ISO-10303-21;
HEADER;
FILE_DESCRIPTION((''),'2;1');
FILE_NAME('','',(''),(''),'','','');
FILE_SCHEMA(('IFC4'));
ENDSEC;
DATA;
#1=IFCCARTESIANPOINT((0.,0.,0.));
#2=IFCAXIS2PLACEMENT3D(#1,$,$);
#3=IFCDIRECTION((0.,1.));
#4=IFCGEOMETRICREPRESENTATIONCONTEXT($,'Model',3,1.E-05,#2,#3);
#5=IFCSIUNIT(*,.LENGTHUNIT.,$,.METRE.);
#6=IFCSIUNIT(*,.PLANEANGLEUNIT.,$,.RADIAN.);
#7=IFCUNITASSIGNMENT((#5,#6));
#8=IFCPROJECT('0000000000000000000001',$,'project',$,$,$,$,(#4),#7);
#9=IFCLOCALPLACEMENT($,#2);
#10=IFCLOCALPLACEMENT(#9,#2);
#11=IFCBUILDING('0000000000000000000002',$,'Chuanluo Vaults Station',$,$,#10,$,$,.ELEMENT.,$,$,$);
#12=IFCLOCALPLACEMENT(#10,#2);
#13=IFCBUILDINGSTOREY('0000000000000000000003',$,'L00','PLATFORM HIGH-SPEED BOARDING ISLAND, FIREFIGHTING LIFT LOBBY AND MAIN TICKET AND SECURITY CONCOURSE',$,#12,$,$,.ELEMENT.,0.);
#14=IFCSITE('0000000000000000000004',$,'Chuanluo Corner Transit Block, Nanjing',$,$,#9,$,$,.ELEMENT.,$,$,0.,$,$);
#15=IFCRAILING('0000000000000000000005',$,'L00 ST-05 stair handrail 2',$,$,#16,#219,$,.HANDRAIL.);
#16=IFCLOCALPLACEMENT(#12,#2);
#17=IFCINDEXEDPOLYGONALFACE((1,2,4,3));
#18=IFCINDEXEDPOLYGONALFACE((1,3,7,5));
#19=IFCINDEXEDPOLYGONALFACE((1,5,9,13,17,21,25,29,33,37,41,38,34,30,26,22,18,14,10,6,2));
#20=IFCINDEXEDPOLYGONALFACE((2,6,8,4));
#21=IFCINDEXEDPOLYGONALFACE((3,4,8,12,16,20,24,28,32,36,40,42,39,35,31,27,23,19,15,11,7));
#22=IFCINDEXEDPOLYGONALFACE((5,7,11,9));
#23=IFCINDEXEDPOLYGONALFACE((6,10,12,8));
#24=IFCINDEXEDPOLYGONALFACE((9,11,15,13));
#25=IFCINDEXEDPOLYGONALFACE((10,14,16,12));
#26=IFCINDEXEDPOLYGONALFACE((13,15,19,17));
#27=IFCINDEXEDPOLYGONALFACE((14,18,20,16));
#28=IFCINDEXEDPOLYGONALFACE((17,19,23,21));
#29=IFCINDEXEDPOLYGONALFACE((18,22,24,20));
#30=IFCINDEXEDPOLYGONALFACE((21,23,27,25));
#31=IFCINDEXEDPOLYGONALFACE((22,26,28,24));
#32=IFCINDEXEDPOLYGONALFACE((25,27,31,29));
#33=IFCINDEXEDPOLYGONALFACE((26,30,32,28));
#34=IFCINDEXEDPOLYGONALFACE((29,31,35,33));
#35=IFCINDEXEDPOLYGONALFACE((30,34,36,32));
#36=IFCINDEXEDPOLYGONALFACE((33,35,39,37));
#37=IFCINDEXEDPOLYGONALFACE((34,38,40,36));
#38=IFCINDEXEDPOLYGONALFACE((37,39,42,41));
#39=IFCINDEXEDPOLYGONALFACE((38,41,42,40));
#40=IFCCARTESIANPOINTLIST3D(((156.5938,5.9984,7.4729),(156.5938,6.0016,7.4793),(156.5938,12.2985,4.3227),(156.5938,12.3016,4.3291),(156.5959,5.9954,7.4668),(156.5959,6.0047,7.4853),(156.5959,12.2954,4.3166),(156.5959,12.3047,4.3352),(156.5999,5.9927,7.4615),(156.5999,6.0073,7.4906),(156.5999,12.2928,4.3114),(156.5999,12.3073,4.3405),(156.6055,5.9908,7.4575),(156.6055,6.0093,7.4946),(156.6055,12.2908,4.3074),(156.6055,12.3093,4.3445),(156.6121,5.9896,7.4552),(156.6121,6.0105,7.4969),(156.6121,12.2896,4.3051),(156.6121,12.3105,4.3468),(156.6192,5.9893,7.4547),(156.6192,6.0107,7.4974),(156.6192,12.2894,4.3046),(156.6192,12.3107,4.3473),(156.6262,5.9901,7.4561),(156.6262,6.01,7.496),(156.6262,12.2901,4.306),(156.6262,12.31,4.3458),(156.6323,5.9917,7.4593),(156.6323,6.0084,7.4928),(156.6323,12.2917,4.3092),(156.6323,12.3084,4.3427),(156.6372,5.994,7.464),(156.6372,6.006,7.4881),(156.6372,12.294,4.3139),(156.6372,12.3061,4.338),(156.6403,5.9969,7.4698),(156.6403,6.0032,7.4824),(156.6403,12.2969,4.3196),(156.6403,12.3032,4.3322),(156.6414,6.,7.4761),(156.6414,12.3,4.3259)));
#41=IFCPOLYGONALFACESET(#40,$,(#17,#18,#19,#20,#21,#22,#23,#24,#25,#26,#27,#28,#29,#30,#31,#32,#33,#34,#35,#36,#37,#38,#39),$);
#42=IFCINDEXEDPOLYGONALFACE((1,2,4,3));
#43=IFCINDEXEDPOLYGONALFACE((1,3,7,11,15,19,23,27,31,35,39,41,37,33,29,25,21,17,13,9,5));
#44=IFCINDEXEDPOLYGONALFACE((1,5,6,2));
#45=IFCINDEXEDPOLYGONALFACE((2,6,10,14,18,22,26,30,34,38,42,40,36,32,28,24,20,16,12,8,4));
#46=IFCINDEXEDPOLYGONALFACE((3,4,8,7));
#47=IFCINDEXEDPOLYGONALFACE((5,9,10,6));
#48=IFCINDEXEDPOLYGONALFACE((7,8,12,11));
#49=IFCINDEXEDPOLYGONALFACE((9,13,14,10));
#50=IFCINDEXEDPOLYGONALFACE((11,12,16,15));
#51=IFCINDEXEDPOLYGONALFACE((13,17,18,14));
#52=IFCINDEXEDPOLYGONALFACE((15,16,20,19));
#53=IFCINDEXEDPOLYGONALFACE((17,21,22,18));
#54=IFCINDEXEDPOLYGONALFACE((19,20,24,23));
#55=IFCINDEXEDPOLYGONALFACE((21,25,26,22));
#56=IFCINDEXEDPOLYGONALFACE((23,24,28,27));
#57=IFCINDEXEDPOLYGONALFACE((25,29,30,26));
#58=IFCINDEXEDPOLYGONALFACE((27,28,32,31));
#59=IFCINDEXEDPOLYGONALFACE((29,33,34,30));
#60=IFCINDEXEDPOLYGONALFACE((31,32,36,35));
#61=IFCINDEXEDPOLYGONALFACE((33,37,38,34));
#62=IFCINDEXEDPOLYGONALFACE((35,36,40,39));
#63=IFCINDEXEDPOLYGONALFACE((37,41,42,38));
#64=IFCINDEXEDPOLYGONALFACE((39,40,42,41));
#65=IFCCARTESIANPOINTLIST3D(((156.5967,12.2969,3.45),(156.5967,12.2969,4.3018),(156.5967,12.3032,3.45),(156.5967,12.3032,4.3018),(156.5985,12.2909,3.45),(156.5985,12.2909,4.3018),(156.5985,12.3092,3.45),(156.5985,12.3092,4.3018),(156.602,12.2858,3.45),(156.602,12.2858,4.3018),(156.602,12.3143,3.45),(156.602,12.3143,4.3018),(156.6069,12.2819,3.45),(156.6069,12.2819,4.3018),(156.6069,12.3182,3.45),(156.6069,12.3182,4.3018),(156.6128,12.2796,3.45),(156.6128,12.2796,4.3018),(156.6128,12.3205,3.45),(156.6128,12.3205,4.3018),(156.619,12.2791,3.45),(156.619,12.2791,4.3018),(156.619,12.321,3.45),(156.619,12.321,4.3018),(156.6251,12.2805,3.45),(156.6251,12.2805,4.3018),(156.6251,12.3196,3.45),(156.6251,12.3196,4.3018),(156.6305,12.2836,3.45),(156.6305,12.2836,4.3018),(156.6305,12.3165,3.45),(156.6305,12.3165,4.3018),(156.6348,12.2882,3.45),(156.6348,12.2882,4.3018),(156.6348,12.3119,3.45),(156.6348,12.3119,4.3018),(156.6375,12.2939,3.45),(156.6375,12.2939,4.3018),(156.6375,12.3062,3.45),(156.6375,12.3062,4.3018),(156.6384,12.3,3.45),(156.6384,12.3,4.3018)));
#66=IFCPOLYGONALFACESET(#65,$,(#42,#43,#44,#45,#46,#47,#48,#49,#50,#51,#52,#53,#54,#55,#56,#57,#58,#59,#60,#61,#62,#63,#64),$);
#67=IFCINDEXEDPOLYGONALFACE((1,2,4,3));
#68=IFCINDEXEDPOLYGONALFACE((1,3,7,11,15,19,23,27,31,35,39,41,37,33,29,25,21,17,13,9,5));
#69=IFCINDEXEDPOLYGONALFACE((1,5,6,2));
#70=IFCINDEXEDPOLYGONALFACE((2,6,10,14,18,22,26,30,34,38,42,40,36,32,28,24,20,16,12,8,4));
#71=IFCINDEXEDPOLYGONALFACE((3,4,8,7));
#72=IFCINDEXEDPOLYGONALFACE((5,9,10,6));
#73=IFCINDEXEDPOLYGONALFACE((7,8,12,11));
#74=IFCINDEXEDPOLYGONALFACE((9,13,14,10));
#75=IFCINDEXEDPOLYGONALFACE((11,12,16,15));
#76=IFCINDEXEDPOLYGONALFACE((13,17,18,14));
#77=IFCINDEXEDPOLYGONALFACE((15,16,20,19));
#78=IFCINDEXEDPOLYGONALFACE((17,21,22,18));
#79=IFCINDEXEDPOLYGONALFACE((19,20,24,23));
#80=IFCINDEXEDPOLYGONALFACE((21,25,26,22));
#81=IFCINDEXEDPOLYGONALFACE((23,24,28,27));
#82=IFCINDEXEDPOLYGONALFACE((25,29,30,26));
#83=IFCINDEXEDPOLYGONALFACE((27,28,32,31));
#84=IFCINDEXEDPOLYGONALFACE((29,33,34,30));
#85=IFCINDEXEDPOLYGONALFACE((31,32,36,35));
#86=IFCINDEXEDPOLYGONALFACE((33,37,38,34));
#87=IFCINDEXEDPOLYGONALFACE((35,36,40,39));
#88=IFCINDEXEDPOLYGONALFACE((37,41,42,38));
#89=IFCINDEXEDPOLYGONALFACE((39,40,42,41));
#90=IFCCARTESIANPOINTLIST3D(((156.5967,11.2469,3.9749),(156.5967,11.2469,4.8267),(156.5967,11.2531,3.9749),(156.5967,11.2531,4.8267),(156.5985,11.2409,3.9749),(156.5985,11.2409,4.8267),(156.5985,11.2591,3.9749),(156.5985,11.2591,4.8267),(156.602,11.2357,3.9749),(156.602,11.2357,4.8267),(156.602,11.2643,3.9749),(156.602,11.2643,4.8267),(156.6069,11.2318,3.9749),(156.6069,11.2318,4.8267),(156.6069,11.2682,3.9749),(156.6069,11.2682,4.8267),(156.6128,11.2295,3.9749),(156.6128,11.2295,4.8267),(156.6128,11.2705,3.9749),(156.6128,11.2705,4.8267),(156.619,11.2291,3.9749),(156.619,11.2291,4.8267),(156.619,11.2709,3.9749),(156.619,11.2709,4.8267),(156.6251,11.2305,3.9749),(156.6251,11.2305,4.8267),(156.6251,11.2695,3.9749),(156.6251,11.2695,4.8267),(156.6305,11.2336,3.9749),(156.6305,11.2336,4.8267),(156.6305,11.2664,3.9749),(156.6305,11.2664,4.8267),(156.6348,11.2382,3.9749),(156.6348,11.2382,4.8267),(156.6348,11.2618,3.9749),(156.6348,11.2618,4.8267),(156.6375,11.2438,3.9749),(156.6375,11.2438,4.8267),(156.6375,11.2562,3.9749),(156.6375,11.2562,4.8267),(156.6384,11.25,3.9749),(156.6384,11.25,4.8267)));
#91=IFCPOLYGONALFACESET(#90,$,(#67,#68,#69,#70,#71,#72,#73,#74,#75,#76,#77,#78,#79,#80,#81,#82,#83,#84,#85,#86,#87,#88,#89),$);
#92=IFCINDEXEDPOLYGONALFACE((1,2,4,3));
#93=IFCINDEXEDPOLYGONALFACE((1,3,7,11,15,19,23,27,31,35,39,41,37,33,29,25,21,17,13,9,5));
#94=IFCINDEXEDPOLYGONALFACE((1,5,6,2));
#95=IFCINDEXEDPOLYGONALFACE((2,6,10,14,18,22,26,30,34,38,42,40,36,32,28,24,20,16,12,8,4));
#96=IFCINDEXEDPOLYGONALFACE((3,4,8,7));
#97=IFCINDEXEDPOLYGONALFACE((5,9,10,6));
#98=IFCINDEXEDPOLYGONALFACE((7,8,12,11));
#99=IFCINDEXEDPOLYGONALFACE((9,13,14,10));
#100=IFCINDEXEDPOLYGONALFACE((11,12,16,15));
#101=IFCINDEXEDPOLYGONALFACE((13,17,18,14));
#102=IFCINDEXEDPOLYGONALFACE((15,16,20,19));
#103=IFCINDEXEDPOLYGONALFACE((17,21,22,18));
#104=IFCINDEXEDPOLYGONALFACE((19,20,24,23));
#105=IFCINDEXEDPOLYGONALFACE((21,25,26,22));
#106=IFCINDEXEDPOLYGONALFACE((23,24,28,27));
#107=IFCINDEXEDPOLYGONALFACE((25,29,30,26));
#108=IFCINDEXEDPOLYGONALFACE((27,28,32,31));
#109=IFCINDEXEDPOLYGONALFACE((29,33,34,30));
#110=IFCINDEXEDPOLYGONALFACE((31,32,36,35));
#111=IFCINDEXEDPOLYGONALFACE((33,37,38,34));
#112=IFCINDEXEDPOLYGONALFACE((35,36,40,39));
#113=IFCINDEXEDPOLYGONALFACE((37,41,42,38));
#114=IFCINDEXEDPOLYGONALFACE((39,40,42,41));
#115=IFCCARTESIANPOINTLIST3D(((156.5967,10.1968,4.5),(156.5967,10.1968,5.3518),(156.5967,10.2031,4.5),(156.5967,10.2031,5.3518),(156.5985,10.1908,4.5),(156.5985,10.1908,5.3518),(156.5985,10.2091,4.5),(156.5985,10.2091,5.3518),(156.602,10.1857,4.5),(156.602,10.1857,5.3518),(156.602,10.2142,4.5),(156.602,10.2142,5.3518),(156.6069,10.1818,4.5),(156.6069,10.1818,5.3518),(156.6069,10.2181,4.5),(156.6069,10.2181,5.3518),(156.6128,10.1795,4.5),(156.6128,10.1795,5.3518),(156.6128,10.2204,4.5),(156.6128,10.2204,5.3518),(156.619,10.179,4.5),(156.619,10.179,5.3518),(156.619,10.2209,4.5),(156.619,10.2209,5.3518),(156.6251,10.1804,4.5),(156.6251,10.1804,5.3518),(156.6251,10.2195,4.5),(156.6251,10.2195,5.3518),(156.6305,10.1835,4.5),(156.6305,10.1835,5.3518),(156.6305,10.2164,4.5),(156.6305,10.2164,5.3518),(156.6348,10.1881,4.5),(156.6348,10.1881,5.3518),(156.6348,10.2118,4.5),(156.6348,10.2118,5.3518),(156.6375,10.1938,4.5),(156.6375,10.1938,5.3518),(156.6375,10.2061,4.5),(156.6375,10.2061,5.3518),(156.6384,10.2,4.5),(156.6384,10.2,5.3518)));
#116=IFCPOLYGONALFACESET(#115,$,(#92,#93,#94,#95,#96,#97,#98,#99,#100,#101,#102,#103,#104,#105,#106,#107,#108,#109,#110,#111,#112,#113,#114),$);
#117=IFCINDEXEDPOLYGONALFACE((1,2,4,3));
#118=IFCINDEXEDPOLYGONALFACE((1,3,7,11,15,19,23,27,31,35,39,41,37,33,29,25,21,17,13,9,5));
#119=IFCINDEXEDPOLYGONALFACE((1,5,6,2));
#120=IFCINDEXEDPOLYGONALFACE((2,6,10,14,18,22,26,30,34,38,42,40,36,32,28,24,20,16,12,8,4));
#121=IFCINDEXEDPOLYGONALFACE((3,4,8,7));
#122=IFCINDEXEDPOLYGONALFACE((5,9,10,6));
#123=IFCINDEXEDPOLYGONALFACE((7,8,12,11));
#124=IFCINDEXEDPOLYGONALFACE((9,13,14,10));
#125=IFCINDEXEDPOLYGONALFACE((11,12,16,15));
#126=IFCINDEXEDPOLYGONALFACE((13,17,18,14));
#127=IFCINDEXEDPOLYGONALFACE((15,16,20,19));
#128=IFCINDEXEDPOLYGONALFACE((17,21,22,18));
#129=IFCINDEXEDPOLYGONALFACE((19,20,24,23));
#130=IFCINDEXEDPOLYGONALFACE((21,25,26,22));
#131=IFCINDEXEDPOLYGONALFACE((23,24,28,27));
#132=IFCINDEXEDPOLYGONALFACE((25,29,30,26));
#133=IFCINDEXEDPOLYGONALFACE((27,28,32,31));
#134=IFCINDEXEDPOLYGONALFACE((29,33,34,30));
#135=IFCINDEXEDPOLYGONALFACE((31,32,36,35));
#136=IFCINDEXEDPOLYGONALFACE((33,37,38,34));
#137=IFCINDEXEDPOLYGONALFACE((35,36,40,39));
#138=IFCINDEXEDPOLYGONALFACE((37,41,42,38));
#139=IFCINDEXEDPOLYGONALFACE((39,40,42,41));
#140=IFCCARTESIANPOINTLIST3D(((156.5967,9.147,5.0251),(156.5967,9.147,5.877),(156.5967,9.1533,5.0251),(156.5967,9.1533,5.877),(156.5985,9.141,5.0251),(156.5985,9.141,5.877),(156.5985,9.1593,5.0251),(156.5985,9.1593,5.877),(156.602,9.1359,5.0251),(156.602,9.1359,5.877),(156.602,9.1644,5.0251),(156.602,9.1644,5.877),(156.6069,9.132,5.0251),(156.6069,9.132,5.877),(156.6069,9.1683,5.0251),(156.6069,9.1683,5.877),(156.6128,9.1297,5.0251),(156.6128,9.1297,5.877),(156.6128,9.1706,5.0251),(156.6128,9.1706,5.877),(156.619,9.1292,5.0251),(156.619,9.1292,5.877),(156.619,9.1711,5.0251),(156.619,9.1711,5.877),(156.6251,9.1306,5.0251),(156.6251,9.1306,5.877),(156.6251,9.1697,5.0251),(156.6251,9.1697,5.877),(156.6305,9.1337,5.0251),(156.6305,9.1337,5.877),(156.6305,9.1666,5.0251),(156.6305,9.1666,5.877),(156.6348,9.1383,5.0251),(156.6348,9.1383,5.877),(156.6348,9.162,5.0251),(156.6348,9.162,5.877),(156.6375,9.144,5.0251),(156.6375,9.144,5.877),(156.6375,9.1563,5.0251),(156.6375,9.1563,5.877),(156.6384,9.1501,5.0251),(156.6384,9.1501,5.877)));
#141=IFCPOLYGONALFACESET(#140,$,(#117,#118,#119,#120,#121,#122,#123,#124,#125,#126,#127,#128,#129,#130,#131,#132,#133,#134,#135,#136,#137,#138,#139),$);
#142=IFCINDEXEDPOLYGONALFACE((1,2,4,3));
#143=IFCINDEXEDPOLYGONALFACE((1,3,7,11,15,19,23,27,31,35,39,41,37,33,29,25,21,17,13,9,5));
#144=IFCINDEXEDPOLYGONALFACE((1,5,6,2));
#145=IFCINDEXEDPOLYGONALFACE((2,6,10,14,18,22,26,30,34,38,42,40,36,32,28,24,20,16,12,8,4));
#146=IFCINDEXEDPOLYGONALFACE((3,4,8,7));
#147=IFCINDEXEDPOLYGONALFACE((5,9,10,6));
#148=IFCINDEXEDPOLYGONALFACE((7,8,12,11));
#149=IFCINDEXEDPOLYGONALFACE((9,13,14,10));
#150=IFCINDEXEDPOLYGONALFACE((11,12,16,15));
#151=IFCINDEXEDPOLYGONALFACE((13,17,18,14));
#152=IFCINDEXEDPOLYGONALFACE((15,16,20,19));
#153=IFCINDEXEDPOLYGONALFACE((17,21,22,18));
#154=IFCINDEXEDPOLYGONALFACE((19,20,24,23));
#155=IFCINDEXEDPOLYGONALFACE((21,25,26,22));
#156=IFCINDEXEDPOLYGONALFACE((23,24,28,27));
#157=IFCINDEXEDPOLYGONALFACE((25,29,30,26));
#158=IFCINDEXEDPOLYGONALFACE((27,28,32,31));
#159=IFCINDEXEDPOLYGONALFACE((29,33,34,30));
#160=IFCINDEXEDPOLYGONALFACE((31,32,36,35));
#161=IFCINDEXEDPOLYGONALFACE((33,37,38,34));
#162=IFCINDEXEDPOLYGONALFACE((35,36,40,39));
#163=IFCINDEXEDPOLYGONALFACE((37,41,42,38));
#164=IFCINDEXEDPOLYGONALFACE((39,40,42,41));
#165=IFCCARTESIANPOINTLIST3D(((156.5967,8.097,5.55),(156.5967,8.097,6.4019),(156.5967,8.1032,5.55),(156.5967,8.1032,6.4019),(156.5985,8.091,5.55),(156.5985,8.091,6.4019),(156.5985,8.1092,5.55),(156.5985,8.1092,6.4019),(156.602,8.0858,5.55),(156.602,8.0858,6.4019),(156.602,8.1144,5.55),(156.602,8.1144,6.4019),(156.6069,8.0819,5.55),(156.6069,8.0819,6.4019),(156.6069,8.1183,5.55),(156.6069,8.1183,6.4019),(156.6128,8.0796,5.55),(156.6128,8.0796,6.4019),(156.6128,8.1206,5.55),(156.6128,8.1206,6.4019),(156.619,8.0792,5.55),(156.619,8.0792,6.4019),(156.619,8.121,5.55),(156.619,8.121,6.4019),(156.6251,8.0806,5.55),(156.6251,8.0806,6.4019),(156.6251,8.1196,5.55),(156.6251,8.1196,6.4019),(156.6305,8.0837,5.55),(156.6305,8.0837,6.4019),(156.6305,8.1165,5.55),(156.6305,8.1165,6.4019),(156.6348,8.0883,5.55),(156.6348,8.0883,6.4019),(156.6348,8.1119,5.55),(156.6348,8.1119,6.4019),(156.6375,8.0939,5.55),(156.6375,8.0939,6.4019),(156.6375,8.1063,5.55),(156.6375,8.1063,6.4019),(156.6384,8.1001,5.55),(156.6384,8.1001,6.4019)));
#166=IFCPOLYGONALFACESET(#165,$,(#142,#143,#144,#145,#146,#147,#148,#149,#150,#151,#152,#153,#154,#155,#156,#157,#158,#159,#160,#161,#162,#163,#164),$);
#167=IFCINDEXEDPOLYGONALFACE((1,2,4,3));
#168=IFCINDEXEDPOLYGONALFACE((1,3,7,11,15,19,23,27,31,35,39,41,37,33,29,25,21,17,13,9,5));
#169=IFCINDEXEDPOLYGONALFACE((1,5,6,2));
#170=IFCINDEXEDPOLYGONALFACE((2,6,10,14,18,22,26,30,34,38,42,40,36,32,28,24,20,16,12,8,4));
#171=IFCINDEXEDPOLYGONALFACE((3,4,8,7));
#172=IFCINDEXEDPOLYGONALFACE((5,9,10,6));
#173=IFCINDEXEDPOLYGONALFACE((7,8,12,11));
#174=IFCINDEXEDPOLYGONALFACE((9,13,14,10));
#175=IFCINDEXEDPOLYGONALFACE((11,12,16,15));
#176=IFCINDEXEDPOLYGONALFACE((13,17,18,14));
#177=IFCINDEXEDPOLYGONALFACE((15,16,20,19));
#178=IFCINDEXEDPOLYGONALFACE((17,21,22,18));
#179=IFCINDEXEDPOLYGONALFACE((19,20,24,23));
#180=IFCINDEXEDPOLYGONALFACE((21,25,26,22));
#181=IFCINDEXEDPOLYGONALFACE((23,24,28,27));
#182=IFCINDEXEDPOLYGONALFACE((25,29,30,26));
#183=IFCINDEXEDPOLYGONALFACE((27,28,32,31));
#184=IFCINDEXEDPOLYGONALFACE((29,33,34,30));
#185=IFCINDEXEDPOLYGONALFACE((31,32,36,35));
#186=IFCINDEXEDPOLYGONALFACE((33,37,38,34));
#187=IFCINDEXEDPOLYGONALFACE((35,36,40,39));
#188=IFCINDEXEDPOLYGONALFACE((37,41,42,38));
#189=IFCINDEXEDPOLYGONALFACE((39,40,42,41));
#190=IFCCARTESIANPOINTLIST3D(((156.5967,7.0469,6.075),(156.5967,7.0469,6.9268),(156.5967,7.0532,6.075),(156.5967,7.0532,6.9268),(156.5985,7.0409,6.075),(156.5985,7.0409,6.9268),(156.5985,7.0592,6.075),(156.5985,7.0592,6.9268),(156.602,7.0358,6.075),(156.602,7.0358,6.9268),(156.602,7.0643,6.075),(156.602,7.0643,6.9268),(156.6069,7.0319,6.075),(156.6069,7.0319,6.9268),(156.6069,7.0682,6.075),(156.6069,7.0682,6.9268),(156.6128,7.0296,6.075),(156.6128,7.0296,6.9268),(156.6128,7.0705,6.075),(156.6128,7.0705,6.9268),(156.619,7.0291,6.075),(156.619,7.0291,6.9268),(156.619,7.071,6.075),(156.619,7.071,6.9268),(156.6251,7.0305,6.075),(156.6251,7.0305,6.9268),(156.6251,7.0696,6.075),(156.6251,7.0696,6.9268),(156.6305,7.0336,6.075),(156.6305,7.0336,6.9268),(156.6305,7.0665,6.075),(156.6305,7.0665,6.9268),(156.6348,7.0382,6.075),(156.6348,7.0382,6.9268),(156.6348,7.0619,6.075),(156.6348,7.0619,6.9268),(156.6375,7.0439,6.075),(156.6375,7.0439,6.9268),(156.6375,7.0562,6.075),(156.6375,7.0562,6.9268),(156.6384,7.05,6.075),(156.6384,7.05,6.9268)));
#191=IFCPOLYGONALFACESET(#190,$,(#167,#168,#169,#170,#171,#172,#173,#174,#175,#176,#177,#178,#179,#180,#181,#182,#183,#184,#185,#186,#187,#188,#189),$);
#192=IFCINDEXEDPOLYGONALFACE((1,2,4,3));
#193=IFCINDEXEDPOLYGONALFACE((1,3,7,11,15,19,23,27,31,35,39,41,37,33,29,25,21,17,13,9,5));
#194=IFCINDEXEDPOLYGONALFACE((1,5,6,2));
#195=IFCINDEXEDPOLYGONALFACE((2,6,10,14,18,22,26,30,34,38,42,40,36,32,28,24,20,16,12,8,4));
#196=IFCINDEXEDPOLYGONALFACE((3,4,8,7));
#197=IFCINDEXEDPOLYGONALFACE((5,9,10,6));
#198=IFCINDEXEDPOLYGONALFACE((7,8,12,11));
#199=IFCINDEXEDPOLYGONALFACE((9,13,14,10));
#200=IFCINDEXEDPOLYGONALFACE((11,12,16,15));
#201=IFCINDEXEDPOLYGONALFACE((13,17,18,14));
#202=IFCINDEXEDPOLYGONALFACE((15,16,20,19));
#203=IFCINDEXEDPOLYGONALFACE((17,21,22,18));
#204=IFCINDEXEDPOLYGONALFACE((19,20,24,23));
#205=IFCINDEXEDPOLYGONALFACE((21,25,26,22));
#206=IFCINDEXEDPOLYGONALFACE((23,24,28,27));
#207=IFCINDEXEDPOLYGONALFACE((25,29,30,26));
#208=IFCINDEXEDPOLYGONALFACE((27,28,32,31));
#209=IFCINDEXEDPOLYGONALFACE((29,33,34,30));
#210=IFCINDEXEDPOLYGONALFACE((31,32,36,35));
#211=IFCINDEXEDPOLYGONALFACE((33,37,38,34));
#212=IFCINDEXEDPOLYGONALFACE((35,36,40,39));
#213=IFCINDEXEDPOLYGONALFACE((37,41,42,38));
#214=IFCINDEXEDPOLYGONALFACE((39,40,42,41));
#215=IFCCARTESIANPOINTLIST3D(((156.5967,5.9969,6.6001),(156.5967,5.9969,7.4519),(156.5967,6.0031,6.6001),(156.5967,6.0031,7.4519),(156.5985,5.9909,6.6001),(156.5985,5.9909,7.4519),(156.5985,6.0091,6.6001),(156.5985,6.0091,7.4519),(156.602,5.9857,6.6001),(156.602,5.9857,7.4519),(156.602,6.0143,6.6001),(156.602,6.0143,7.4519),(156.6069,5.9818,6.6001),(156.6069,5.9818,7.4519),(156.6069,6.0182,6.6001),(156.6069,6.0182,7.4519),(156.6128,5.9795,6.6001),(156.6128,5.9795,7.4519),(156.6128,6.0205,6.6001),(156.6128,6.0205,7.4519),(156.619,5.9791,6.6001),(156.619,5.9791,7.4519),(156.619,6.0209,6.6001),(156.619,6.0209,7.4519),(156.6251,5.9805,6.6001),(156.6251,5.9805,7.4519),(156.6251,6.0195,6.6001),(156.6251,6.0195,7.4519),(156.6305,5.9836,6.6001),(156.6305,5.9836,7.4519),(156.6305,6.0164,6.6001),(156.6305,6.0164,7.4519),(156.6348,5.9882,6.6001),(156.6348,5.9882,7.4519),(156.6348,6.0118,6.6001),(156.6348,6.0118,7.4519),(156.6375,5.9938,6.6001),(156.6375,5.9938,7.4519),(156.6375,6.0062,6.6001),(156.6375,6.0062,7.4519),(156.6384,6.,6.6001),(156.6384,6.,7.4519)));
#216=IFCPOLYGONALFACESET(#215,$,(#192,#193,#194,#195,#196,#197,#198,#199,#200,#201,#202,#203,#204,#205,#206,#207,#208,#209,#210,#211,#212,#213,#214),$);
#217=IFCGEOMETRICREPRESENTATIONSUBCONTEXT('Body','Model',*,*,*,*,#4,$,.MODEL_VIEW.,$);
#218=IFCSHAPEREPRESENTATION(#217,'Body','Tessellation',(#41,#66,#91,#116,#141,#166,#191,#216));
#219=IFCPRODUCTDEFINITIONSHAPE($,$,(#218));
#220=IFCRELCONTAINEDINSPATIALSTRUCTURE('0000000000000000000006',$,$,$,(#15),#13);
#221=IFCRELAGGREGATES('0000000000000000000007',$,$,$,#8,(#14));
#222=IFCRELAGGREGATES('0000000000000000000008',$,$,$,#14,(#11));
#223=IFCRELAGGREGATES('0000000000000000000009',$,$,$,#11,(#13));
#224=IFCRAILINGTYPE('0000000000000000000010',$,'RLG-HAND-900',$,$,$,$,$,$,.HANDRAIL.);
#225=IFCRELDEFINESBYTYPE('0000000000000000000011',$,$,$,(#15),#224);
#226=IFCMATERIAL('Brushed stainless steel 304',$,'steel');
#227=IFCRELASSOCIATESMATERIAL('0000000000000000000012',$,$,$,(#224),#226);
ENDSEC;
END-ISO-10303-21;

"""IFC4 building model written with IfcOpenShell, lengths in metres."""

from ifc_helpers import new_model, si_unit, direction, frame, origin, origin_2d, place, context, subcontext, project, spatial, circle, extrude, material, type_object, element, save


model = new_model("IFC4")

# Units and contexts
model_context = context("Model", 3, precision=1e-05, world=origin(), true_north=direction((0.0, 1.0)))
body_context = subcontext(model_context, "Body", "Model", "MODEL_VIEW")
ifc_project = project(units=[si_unit("LENGTHUNIT", "METRE"), si_unit("PLANEANGLEUNIT", "RADIAN")], contexts=[model_context])

# Site, building, storey
site_placement = place(None, origin())
site = spatial("IfcSite", under=ifc_project, at=site_placement, Name="Chuanluo Corner Transit Block, Nanjing", CompositionType="ELEMENT", RefElevation=0.0)
building_placement = place(site_placement, origin())
building = spatial("IfcBuilding", under=site, at=building_placement, Name="Chuanluo Vaults Station", CompositionType="ELEMENT")
storey_placement = place(building_placement, origin())
storey = spatial("IfcBuildingStorey", under=building, at=storey_placement, Name="L00", Description="PLATFORM HIGH-SPEED BOARDING ISLAND, FIREFIGHTING LIFT LOBBY AND MAIN TICKET AND SECURITY CONCOURSE", CompositionType="ELEMENT", Elevation=0.0)

# Railing
ifc_material_1 = material(Name="Brushed stainless steel 304", Category="steel")
railing_type_1 = type_object("IfcRailingType", Name="RLG-HAND-900", PredefinedType="HANDRAIL", material=ifc_material_1)
railing_1_placement = place(storey_placement, frame((156.6174, 12.3, 3.45)))
element("IfcRailing", 1, at=railing_1_placement, inside=storey, type_object=railing_type_1, Name="L00 ST-05 stair handrail 2", PredefinedType="HANDRAIL", context=body_context, shape_type="SweptSolid", body=[
    extrude(circle(Radius=0.0239, at=origin_2d()), frame((0.0, 0.0, 0.876), z_axis=(0.0, -0.89442, 0.447227), x_axis=(1.0, 0.0, 0.0)), (0.0, 0.0, 1.0), 7.0437),
    extrude(circle(Radius=0.021, at=origin_2d()), origin(), (0.0, 0.0, 1.0), 0.8518),
    extrude(circle(Radius=0.021, at=origin_2d()), frame((0.0, -1.05, 0.5249)), (0.0, 0.0, 1.0), 0.8518),
    extrude(circle(Radius=0.021, at=origin_2d()), frame((0.0, -2.1001, 1.05)), (0.0, 0.0, 1.0), 0.8518),
    extrude(circle(Radius=0.021, at=origin_2d()), frame((0.0, -3.1499, 1.5752)), (0.0, 0.0, 1.0), 0.8518),
    extrude(circle(Radius=0.021, at=origin_2d()), frame((0.0, -4.2, 2.1001)), (0.0, 0.0, 1.0), 0.8518),
    extrude(circle(Radius=0.021, at=origin_2d()), frame((0.0, -5.25, 2.625)), (0.0, 0.0, 1.0), 0.8518),
    extrude(circle(Radius=0.021, at=origin_2d()), frame((0.0, -6.3, 3.1501)), (0.0, 0.0, 1.0), 0.8518),
])

save(model, "model.ifc")
